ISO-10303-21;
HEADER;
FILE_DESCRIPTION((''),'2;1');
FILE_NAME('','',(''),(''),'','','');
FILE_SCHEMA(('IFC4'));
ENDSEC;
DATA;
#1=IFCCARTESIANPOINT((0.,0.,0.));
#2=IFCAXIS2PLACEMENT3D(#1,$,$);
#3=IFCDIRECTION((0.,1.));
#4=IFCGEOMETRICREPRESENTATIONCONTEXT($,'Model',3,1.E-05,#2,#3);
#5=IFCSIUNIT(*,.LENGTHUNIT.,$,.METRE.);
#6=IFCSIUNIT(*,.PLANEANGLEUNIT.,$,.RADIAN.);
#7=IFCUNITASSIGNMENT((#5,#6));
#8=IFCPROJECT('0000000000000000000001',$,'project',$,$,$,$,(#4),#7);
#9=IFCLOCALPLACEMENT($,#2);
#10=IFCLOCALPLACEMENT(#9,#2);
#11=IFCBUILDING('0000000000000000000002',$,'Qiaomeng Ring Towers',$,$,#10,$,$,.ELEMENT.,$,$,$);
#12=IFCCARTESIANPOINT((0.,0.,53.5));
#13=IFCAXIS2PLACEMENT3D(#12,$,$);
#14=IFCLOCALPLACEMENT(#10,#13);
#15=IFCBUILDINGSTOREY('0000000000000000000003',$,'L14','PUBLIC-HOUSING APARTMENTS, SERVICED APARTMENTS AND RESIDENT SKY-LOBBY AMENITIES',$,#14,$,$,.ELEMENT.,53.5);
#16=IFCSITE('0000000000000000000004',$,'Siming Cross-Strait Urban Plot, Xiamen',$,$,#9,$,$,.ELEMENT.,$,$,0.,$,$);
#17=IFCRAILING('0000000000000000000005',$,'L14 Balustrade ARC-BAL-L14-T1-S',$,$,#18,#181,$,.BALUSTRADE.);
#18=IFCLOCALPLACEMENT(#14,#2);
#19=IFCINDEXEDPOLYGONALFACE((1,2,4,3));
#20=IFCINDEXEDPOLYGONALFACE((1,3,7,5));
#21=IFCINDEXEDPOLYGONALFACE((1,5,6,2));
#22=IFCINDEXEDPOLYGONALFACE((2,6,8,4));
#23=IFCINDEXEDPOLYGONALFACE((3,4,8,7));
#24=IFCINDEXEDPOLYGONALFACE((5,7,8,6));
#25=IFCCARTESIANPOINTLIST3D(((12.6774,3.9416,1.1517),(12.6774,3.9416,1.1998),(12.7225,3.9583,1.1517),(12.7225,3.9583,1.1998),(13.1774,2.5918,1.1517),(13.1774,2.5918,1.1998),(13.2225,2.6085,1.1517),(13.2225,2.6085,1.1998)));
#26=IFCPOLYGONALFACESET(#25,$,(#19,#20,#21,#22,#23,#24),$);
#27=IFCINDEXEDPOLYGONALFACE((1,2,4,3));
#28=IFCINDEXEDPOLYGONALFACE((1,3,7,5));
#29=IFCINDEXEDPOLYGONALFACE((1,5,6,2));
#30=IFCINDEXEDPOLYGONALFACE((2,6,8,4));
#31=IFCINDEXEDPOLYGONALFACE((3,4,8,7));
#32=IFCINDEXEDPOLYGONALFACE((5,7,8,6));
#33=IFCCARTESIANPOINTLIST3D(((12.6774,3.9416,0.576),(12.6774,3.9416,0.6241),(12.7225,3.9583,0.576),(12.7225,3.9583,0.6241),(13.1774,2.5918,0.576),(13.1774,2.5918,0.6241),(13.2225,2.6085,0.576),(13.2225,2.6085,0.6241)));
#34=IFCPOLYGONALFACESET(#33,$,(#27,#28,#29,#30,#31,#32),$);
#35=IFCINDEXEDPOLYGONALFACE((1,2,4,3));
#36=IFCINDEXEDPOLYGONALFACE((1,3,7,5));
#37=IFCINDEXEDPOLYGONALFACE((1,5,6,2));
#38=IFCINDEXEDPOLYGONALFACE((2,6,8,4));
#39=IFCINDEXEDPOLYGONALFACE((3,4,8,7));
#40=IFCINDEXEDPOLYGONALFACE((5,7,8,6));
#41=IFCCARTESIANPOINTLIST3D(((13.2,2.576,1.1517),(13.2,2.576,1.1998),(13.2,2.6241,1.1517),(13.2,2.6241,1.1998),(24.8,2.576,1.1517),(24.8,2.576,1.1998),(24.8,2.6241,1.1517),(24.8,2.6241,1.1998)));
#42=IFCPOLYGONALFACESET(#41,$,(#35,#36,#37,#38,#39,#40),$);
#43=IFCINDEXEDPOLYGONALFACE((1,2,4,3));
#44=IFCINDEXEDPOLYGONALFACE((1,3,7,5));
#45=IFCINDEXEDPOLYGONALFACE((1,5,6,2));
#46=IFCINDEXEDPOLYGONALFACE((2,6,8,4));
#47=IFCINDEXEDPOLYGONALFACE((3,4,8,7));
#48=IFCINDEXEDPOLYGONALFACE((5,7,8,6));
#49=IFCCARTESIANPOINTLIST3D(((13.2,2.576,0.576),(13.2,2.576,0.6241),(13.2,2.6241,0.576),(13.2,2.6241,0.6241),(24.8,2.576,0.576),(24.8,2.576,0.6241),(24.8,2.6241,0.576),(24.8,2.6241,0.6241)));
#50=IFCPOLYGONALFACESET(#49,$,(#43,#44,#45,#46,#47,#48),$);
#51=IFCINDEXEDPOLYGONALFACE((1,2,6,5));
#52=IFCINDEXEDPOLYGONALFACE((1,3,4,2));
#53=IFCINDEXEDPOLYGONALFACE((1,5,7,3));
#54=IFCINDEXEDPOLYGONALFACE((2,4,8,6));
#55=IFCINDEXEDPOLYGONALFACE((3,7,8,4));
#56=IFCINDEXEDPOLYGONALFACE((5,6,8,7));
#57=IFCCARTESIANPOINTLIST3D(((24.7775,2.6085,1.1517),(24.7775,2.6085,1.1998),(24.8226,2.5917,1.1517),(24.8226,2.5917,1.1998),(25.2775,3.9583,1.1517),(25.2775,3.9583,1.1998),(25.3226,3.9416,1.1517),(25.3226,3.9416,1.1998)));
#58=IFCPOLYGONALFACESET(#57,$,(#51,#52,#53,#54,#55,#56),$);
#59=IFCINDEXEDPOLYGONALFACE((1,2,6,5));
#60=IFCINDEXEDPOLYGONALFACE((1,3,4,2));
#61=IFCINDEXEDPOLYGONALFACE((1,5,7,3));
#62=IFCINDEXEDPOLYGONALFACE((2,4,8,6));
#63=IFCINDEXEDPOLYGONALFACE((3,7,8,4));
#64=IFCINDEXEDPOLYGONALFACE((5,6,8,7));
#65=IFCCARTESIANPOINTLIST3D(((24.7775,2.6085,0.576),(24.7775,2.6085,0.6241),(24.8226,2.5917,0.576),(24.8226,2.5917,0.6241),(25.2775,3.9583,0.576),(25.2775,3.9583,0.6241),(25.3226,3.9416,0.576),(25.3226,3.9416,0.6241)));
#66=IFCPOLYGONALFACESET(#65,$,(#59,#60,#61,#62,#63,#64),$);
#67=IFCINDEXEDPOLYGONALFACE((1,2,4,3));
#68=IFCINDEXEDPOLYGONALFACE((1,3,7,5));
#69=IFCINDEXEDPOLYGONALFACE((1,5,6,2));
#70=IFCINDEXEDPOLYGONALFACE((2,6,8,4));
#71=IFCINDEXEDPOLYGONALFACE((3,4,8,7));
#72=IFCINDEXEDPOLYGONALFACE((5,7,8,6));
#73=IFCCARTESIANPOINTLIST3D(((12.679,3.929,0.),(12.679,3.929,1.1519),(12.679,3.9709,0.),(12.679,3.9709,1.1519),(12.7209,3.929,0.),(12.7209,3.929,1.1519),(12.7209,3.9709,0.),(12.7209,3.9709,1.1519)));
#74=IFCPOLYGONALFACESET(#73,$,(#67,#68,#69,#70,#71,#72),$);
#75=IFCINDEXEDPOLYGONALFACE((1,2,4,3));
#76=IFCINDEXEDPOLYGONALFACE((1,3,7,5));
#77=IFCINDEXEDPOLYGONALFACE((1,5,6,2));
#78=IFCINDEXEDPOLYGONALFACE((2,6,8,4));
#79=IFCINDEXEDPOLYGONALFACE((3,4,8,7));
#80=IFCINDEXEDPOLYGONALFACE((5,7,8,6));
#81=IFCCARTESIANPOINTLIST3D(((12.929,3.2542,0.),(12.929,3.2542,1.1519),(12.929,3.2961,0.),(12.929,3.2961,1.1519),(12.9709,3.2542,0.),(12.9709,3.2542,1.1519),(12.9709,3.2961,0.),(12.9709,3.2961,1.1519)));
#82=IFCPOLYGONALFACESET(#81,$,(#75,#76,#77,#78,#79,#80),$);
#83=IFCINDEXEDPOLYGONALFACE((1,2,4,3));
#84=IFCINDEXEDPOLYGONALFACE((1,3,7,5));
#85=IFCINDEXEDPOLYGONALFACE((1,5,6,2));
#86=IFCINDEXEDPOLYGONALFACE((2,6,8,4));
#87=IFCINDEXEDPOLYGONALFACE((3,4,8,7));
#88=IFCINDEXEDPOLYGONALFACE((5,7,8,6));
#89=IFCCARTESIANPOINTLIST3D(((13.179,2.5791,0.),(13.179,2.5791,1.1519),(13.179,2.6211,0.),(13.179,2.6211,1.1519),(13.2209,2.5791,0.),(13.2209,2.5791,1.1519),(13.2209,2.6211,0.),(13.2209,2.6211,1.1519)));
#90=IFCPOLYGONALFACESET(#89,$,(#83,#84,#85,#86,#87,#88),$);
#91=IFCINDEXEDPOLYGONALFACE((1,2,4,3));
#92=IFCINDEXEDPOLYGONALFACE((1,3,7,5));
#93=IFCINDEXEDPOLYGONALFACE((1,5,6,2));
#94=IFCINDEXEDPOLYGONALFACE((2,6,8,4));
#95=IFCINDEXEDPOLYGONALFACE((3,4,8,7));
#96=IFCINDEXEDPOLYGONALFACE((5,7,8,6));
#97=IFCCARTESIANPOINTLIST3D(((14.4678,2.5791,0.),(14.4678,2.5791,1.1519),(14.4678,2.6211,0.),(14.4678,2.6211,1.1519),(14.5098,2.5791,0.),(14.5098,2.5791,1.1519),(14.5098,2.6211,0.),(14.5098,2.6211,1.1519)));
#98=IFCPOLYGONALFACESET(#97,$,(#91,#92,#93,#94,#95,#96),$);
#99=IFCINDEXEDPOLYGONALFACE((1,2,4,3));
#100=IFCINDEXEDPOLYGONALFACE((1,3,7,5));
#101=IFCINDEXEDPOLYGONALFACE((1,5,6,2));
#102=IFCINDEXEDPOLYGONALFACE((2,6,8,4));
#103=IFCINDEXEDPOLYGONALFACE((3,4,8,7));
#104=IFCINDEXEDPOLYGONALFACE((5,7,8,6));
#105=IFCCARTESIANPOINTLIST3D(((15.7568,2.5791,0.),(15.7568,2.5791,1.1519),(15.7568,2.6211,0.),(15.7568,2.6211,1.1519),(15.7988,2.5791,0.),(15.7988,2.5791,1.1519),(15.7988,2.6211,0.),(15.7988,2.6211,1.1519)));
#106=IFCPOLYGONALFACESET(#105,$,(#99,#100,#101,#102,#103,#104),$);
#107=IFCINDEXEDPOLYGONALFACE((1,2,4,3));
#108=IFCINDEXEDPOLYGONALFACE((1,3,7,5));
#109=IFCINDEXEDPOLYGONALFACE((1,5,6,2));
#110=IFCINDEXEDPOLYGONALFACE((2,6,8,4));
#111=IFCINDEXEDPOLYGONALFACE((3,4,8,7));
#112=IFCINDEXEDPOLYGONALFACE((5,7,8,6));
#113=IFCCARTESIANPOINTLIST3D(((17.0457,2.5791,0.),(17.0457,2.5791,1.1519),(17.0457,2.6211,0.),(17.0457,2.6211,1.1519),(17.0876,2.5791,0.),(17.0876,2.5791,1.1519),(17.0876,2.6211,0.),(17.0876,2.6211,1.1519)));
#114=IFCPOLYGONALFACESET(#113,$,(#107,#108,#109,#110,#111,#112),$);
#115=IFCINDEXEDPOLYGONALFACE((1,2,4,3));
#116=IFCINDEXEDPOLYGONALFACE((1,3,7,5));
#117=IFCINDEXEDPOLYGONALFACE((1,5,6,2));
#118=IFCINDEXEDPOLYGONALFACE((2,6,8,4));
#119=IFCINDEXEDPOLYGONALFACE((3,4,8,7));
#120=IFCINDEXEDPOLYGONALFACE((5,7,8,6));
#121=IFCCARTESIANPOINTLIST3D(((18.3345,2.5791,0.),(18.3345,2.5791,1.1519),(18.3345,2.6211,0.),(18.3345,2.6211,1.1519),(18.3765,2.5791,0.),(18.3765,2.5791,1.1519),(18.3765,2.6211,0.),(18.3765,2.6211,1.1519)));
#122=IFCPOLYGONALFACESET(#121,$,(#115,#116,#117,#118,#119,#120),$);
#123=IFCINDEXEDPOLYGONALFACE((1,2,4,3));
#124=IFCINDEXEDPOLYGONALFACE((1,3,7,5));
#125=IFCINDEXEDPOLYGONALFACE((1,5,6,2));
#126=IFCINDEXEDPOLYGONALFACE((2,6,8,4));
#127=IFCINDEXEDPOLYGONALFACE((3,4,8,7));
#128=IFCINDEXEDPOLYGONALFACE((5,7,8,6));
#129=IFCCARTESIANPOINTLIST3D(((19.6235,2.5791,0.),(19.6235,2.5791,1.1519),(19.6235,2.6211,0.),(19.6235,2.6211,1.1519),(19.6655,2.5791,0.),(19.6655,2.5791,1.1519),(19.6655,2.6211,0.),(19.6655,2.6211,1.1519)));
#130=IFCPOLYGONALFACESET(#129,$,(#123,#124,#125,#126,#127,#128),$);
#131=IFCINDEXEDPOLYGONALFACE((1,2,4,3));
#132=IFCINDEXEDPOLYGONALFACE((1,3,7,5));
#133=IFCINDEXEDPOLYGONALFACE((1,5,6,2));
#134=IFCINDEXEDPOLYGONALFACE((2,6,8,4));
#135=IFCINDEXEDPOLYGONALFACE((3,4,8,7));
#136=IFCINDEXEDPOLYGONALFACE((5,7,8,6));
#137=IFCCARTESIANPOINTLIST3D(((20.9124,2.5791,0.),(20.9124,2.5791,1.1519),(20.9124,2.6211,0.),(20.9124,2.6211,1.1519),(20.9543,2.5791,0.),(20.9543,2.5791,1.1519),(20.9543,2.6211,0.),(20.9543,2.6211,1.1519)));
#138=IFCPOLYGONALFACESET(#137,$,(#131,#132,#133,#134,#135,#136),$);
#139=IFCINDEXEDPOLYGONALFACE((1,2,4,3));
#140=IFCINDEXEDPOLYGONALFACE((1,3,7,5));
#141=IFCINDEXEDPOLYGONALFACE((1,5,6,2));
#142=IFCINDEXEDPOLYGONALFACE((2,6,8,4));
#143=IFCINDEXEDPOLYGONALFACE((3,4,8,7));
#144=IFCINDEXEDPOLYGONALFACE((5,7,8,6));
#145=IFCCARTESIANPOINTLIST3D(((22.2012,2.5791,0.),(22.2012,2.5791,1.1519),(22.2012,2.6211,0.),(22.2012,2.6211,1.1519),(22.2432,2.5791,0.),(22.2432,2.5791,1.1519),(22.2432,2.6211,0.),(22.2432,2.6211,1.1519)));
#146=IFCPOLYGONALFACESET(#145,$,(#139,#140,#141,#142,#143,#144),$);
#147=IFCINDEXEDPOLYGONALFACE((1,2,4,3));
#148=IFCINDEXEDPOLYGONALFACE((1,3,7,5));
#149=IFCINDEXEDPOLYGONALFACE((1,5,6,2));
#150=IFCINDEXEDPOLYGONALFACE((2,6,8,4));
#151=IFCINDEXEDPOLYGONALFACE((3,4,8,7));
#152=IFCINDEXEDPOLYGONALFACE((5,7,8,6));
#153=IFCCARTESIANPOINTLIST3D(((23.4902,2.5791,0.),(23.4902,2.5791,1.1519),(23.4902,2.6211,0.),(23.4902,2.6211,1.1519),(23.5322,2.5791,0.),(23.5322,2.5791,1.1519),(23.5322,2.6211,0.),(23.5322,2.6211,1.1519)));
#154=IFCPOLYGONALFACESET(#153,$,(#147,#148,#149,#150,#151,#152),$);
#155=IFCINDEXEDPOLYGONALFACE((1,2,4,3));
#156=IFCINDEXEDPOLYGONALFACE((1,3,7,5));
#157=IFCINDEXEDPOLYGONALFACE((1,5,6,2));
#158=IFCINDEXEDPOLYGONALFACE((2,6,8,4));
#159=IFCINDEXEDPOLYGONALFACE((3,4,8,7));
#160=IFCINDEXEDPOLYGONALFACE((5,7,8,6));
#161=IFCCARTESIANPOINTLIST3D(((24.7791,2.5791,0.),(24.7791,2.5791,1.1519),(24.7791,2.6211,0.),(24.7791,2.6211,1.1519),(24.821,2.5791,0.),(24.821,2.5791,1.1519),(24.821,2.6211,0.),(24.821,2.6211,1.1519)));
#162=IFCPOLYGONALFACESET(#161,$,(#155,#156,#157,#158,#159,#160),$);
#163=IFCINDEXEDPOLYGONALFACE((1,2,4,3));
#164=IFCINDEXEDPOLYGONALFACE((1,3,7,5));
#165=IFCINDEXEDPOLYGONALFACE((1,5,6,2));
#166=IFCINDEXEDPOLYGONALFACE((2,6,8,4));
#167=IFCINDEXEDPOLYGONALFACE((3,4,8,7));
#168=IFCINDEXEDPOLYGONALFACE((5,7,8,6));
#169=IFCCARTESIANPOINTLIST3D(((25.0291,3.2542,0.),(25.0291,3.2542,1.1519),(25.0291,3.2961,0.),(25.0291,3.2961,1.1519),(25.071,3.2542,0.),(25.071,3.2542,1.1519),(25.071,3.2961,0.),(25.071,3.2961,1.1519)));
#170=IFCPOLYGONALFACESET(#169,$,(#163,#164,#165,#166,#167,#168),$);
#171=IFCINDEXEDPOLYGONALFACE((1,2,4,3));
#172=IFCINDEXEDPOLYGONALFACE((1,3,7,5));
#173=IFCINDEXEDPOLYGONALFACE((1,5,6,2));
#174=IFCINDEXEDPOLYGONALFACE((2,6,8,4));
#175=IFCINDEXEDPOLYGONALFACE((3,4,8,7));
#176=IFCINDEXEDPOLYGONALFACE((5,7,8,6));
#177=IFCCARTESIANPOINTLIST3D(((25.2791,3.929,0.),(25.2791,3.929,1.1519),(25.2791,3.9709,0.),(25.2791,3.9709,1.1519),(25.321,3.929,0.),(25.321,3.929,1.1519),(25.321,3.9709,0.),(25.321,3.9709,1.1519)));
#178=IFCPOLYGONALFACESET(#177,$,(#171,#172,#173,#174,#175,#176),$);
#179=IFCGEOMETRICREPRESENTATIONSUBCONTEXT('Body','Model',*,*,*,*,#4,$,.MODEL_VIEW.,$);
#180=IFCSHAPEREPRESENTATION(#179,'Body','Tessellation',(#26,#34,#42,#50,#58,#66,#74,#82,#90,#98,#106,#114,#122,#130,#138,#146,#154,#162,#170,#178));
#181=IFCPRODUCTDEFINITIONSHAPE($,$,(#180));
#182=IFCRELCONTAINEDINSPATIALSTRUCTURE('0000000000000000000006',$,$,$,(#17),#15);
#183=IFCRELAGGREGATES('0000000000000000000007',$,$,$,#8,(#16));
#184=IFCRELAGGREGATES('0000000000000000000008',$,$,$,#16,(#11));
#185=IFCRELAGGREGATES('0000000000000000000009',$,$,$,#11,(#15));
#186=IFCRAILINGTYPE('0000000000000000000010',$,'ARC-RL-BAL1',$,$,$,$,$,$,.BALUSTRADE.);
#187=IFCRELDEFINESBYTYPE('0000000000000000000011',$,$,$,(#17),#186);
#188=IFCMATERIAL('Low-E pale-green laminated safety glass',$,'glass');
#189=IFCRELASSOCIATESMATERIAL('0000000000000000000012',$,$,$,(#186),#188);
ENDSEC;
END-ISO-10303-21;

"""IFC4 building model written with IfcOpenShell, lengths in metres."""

from ifc_helpers import new_model, si_unit, direction, frame, origin, origin_2d, place, context, subcontext, project, spatial, rectangle, extrude, material, type_object, element, save


model = new_model("IFC4")

# Units and contexts
model_context = context("Model", 3, precision=1e-05, world=origin(), true_north=direction((0.0, 1.0)))
body_context = subcontext(model_context, "Body", "Model", "MODEL_VIEW")
ifc_project = project(units=[si_unit("LENGTHUNIT", "METRE"), si_unit("PLANEANGLEUNIT", "RADIAN")], contexts=[model_context])

# Site, building, storey
site_placement = place(None, origin())
site = spatial("IfcSite", under=ifc_project, at=site_placement, Name="Siming Cross-Strait Urban Plot, Xiamen", CompositionType="ELEMENT", RefElevation=0.0)
building_placement = place(site_placement, origin())
building = spatial("IfcBuilding", under=site, at=building_placement, Name="Qiaomeng Ring Towers", CompositionType="ELEMENT")
storey_placement = place(building_placement, frame((0.0, 0.0, 53.5)))
storey = spatial("IfcBuildingStorey", under=building, at=storey_placement, Name="L14", Description="PUBLIC-HOUSING APARTMENTS, SERVICED APARTMENTS AND RESIDENT SKY-LOBBY AMENITIES", CompositionType="ELEMENT", Elevation=53.5)

# Railing
ifc_material_1 = material(Name="Low-E pale-green laminated safety glass", Category="glass")
railing_type = type_object("IfcRailingType", Name="ARC-RL-BAL1", PredefinedType="BALUSTRADE", material=ifc_material_1)
railing_placement = place(storey_placement, frame((12.7, 3.95, 0.0)))
element("IfcRailing", 1, at=railing_placement, inside=storey, type_object=railing_type, Name="L14 Balustrade ARC-BAL-L14-T1-S", PredefinedType="BALUSTRADE", context=body_context, shape_type="SweptSolid", body=[
    extrude(rectangle(XDim=0.0481, YDim=0.0481, at=origin_2d()), frame((0.0, 0.0, 1.1758), z_axis=(0.347347, -0.937736, 0.0), x_axis=(0.937736, 0.347347, 0.0)), (0.0, 0.0, 1.0), 1.4395),
    extrude(rectangle(XDim=0.0481, YDim=0.0481, at=origin_2d()), frame((0.0, 0.0, 0.6001), z_axis=(0.347347, -0.937736, 0.0), x_axis=(0.937736, 0.347347, 0.0)), (0.0, 0.0, 1.0), 1.4395),
    extrude(rectangle(XDim=0.0481, YDim=0.0481, at=origin_2d()), frame((0.5, -1.3499, 1.1758), z_axis=(1.0, 0.0, 0.0), x_axis=(0.0, 1.0, 0.0)), (0.0, 0.0, 1.0), 11.6001),
    extrude(rectangle(XDim=0.0481, YDim=0.0481, at=origin_2d()), frame((0.5, -1.3499, 0.6001), z_axis=(1.0, 0.0, 0.0), x_axis=(0.0, 1.0, 0.0)), (0.0, 0.0, 1.0), 11.6001),
    extrude(rectangle(XDim=0.0481, YDim=0.0481, at=origin_2d()), frame((12.1001, -1.3499, 1.1758), z_axis=(0.347347, 0.937736, 0.0), x_axis=(-0.937736, 0.347347, 0.0)), (0.0, 0.0, 1.0), 1.4395),
    extrude(rectangle(XDim=0.0481, YDim=0.0481, at=origin_2d()), frame((12.1001, -1.3499, 0.6001), z_axis=(0.347347, 0.937736, 0.0), x_axis=(-0.937736, 0.347347, 0.0)), (0.0, 0.0, 1.0), 1.4395),
    extrude(rectangle(XDim=0.042, YDim=0.042, at=origin_2d()), origin(), (0.0, 0.0, 1.0), 1.1519),
    extrude(rectangle(XDim=0.042, YDim=0.042, at=origin_2d()), frame((0.25, -0.6748, 0.0)), (0.0, 0.0, 1.0), 1.1519),
    extrude(rectangle(XDim=0.042, YDim=0.042, at=origin_2d()), frame((0.5, -1.3499, 0.0)), (0.0, 0.0, 1.0), 1.1519),
    extrude(rectangle(XDim=0.042, YDim=0.042, at=origin_2d()), frame((1.7888, -1.3499, 0.0)), (0.0, 0.0, 1.0), 1.1519),
    extrude(rectangle(XDim=0.042, YDim=0.042, at=origin_2d()), frame((3.0779, -1.3499, 0.0)), (0.0, 0.0, 1.0), 1.1519),
    extrude(rectangle(XDim=0.042, YDim=0.042, at=origin_2d()), frame((4.3667, -1.3499, 0.0)), (0.0, 0.0, 1.0), 1.1519),
    extrude(rectangle(XDim=0.042, YDim=0.042, at=origin_2d()), frame((5.6555, -1.3499, 0.0)), (0.0, 0.0, 1.0), 1.1519),
    extrude(rectangle(XDim=0.042, YDim=0.042, at=origin_2d()), frame((6.9446, -1.3499, 0.0)), (0.0, 0.0, 1.0), 1.1519),
    extrude(rectangle(XDim=0.042, YDim=0.042, at=origin_2d()), frame((8.2334, -1.3499, 0.0)), (0.0, 0.0, 1.0), 1.1519),
    extrude(rectangle(XDim=0.042, YDim=0.042, at=origin_2d()), frame((9.5222, -1.3499, 0.0)), (0.0, 0.0, 1.0), 1.1519),
    extrude(rectangle(XDim=0.042, YDim=0.042, at=origin_2d()), frame((10.8113, -1.3499, 0.0)), (0.0, 0.0, 1.0), 1.1519),
    extrude(rectangle(XDim=0.042, YDim=0.042, at=origin_2d()), frame((12.1001, -1.3499, 0.0)), (0.0, 0.0, 1.0), 1.1519),
    extrude(rectangle(XDim=0.042, YDim=0.042, at=origin_2d()), frame((12.3501, -0.6748, 0.0)), (0.0, 0.0, 1.0), 1.1519),
    extrude(rectangle(XDim=0.042, YDim=0.042, at=origin_2d()), frame((12.6001, 0.0, 0.0)), (0.0, 0.0, 1.0), 1.1519),
])

save(model, "model.ifc")
